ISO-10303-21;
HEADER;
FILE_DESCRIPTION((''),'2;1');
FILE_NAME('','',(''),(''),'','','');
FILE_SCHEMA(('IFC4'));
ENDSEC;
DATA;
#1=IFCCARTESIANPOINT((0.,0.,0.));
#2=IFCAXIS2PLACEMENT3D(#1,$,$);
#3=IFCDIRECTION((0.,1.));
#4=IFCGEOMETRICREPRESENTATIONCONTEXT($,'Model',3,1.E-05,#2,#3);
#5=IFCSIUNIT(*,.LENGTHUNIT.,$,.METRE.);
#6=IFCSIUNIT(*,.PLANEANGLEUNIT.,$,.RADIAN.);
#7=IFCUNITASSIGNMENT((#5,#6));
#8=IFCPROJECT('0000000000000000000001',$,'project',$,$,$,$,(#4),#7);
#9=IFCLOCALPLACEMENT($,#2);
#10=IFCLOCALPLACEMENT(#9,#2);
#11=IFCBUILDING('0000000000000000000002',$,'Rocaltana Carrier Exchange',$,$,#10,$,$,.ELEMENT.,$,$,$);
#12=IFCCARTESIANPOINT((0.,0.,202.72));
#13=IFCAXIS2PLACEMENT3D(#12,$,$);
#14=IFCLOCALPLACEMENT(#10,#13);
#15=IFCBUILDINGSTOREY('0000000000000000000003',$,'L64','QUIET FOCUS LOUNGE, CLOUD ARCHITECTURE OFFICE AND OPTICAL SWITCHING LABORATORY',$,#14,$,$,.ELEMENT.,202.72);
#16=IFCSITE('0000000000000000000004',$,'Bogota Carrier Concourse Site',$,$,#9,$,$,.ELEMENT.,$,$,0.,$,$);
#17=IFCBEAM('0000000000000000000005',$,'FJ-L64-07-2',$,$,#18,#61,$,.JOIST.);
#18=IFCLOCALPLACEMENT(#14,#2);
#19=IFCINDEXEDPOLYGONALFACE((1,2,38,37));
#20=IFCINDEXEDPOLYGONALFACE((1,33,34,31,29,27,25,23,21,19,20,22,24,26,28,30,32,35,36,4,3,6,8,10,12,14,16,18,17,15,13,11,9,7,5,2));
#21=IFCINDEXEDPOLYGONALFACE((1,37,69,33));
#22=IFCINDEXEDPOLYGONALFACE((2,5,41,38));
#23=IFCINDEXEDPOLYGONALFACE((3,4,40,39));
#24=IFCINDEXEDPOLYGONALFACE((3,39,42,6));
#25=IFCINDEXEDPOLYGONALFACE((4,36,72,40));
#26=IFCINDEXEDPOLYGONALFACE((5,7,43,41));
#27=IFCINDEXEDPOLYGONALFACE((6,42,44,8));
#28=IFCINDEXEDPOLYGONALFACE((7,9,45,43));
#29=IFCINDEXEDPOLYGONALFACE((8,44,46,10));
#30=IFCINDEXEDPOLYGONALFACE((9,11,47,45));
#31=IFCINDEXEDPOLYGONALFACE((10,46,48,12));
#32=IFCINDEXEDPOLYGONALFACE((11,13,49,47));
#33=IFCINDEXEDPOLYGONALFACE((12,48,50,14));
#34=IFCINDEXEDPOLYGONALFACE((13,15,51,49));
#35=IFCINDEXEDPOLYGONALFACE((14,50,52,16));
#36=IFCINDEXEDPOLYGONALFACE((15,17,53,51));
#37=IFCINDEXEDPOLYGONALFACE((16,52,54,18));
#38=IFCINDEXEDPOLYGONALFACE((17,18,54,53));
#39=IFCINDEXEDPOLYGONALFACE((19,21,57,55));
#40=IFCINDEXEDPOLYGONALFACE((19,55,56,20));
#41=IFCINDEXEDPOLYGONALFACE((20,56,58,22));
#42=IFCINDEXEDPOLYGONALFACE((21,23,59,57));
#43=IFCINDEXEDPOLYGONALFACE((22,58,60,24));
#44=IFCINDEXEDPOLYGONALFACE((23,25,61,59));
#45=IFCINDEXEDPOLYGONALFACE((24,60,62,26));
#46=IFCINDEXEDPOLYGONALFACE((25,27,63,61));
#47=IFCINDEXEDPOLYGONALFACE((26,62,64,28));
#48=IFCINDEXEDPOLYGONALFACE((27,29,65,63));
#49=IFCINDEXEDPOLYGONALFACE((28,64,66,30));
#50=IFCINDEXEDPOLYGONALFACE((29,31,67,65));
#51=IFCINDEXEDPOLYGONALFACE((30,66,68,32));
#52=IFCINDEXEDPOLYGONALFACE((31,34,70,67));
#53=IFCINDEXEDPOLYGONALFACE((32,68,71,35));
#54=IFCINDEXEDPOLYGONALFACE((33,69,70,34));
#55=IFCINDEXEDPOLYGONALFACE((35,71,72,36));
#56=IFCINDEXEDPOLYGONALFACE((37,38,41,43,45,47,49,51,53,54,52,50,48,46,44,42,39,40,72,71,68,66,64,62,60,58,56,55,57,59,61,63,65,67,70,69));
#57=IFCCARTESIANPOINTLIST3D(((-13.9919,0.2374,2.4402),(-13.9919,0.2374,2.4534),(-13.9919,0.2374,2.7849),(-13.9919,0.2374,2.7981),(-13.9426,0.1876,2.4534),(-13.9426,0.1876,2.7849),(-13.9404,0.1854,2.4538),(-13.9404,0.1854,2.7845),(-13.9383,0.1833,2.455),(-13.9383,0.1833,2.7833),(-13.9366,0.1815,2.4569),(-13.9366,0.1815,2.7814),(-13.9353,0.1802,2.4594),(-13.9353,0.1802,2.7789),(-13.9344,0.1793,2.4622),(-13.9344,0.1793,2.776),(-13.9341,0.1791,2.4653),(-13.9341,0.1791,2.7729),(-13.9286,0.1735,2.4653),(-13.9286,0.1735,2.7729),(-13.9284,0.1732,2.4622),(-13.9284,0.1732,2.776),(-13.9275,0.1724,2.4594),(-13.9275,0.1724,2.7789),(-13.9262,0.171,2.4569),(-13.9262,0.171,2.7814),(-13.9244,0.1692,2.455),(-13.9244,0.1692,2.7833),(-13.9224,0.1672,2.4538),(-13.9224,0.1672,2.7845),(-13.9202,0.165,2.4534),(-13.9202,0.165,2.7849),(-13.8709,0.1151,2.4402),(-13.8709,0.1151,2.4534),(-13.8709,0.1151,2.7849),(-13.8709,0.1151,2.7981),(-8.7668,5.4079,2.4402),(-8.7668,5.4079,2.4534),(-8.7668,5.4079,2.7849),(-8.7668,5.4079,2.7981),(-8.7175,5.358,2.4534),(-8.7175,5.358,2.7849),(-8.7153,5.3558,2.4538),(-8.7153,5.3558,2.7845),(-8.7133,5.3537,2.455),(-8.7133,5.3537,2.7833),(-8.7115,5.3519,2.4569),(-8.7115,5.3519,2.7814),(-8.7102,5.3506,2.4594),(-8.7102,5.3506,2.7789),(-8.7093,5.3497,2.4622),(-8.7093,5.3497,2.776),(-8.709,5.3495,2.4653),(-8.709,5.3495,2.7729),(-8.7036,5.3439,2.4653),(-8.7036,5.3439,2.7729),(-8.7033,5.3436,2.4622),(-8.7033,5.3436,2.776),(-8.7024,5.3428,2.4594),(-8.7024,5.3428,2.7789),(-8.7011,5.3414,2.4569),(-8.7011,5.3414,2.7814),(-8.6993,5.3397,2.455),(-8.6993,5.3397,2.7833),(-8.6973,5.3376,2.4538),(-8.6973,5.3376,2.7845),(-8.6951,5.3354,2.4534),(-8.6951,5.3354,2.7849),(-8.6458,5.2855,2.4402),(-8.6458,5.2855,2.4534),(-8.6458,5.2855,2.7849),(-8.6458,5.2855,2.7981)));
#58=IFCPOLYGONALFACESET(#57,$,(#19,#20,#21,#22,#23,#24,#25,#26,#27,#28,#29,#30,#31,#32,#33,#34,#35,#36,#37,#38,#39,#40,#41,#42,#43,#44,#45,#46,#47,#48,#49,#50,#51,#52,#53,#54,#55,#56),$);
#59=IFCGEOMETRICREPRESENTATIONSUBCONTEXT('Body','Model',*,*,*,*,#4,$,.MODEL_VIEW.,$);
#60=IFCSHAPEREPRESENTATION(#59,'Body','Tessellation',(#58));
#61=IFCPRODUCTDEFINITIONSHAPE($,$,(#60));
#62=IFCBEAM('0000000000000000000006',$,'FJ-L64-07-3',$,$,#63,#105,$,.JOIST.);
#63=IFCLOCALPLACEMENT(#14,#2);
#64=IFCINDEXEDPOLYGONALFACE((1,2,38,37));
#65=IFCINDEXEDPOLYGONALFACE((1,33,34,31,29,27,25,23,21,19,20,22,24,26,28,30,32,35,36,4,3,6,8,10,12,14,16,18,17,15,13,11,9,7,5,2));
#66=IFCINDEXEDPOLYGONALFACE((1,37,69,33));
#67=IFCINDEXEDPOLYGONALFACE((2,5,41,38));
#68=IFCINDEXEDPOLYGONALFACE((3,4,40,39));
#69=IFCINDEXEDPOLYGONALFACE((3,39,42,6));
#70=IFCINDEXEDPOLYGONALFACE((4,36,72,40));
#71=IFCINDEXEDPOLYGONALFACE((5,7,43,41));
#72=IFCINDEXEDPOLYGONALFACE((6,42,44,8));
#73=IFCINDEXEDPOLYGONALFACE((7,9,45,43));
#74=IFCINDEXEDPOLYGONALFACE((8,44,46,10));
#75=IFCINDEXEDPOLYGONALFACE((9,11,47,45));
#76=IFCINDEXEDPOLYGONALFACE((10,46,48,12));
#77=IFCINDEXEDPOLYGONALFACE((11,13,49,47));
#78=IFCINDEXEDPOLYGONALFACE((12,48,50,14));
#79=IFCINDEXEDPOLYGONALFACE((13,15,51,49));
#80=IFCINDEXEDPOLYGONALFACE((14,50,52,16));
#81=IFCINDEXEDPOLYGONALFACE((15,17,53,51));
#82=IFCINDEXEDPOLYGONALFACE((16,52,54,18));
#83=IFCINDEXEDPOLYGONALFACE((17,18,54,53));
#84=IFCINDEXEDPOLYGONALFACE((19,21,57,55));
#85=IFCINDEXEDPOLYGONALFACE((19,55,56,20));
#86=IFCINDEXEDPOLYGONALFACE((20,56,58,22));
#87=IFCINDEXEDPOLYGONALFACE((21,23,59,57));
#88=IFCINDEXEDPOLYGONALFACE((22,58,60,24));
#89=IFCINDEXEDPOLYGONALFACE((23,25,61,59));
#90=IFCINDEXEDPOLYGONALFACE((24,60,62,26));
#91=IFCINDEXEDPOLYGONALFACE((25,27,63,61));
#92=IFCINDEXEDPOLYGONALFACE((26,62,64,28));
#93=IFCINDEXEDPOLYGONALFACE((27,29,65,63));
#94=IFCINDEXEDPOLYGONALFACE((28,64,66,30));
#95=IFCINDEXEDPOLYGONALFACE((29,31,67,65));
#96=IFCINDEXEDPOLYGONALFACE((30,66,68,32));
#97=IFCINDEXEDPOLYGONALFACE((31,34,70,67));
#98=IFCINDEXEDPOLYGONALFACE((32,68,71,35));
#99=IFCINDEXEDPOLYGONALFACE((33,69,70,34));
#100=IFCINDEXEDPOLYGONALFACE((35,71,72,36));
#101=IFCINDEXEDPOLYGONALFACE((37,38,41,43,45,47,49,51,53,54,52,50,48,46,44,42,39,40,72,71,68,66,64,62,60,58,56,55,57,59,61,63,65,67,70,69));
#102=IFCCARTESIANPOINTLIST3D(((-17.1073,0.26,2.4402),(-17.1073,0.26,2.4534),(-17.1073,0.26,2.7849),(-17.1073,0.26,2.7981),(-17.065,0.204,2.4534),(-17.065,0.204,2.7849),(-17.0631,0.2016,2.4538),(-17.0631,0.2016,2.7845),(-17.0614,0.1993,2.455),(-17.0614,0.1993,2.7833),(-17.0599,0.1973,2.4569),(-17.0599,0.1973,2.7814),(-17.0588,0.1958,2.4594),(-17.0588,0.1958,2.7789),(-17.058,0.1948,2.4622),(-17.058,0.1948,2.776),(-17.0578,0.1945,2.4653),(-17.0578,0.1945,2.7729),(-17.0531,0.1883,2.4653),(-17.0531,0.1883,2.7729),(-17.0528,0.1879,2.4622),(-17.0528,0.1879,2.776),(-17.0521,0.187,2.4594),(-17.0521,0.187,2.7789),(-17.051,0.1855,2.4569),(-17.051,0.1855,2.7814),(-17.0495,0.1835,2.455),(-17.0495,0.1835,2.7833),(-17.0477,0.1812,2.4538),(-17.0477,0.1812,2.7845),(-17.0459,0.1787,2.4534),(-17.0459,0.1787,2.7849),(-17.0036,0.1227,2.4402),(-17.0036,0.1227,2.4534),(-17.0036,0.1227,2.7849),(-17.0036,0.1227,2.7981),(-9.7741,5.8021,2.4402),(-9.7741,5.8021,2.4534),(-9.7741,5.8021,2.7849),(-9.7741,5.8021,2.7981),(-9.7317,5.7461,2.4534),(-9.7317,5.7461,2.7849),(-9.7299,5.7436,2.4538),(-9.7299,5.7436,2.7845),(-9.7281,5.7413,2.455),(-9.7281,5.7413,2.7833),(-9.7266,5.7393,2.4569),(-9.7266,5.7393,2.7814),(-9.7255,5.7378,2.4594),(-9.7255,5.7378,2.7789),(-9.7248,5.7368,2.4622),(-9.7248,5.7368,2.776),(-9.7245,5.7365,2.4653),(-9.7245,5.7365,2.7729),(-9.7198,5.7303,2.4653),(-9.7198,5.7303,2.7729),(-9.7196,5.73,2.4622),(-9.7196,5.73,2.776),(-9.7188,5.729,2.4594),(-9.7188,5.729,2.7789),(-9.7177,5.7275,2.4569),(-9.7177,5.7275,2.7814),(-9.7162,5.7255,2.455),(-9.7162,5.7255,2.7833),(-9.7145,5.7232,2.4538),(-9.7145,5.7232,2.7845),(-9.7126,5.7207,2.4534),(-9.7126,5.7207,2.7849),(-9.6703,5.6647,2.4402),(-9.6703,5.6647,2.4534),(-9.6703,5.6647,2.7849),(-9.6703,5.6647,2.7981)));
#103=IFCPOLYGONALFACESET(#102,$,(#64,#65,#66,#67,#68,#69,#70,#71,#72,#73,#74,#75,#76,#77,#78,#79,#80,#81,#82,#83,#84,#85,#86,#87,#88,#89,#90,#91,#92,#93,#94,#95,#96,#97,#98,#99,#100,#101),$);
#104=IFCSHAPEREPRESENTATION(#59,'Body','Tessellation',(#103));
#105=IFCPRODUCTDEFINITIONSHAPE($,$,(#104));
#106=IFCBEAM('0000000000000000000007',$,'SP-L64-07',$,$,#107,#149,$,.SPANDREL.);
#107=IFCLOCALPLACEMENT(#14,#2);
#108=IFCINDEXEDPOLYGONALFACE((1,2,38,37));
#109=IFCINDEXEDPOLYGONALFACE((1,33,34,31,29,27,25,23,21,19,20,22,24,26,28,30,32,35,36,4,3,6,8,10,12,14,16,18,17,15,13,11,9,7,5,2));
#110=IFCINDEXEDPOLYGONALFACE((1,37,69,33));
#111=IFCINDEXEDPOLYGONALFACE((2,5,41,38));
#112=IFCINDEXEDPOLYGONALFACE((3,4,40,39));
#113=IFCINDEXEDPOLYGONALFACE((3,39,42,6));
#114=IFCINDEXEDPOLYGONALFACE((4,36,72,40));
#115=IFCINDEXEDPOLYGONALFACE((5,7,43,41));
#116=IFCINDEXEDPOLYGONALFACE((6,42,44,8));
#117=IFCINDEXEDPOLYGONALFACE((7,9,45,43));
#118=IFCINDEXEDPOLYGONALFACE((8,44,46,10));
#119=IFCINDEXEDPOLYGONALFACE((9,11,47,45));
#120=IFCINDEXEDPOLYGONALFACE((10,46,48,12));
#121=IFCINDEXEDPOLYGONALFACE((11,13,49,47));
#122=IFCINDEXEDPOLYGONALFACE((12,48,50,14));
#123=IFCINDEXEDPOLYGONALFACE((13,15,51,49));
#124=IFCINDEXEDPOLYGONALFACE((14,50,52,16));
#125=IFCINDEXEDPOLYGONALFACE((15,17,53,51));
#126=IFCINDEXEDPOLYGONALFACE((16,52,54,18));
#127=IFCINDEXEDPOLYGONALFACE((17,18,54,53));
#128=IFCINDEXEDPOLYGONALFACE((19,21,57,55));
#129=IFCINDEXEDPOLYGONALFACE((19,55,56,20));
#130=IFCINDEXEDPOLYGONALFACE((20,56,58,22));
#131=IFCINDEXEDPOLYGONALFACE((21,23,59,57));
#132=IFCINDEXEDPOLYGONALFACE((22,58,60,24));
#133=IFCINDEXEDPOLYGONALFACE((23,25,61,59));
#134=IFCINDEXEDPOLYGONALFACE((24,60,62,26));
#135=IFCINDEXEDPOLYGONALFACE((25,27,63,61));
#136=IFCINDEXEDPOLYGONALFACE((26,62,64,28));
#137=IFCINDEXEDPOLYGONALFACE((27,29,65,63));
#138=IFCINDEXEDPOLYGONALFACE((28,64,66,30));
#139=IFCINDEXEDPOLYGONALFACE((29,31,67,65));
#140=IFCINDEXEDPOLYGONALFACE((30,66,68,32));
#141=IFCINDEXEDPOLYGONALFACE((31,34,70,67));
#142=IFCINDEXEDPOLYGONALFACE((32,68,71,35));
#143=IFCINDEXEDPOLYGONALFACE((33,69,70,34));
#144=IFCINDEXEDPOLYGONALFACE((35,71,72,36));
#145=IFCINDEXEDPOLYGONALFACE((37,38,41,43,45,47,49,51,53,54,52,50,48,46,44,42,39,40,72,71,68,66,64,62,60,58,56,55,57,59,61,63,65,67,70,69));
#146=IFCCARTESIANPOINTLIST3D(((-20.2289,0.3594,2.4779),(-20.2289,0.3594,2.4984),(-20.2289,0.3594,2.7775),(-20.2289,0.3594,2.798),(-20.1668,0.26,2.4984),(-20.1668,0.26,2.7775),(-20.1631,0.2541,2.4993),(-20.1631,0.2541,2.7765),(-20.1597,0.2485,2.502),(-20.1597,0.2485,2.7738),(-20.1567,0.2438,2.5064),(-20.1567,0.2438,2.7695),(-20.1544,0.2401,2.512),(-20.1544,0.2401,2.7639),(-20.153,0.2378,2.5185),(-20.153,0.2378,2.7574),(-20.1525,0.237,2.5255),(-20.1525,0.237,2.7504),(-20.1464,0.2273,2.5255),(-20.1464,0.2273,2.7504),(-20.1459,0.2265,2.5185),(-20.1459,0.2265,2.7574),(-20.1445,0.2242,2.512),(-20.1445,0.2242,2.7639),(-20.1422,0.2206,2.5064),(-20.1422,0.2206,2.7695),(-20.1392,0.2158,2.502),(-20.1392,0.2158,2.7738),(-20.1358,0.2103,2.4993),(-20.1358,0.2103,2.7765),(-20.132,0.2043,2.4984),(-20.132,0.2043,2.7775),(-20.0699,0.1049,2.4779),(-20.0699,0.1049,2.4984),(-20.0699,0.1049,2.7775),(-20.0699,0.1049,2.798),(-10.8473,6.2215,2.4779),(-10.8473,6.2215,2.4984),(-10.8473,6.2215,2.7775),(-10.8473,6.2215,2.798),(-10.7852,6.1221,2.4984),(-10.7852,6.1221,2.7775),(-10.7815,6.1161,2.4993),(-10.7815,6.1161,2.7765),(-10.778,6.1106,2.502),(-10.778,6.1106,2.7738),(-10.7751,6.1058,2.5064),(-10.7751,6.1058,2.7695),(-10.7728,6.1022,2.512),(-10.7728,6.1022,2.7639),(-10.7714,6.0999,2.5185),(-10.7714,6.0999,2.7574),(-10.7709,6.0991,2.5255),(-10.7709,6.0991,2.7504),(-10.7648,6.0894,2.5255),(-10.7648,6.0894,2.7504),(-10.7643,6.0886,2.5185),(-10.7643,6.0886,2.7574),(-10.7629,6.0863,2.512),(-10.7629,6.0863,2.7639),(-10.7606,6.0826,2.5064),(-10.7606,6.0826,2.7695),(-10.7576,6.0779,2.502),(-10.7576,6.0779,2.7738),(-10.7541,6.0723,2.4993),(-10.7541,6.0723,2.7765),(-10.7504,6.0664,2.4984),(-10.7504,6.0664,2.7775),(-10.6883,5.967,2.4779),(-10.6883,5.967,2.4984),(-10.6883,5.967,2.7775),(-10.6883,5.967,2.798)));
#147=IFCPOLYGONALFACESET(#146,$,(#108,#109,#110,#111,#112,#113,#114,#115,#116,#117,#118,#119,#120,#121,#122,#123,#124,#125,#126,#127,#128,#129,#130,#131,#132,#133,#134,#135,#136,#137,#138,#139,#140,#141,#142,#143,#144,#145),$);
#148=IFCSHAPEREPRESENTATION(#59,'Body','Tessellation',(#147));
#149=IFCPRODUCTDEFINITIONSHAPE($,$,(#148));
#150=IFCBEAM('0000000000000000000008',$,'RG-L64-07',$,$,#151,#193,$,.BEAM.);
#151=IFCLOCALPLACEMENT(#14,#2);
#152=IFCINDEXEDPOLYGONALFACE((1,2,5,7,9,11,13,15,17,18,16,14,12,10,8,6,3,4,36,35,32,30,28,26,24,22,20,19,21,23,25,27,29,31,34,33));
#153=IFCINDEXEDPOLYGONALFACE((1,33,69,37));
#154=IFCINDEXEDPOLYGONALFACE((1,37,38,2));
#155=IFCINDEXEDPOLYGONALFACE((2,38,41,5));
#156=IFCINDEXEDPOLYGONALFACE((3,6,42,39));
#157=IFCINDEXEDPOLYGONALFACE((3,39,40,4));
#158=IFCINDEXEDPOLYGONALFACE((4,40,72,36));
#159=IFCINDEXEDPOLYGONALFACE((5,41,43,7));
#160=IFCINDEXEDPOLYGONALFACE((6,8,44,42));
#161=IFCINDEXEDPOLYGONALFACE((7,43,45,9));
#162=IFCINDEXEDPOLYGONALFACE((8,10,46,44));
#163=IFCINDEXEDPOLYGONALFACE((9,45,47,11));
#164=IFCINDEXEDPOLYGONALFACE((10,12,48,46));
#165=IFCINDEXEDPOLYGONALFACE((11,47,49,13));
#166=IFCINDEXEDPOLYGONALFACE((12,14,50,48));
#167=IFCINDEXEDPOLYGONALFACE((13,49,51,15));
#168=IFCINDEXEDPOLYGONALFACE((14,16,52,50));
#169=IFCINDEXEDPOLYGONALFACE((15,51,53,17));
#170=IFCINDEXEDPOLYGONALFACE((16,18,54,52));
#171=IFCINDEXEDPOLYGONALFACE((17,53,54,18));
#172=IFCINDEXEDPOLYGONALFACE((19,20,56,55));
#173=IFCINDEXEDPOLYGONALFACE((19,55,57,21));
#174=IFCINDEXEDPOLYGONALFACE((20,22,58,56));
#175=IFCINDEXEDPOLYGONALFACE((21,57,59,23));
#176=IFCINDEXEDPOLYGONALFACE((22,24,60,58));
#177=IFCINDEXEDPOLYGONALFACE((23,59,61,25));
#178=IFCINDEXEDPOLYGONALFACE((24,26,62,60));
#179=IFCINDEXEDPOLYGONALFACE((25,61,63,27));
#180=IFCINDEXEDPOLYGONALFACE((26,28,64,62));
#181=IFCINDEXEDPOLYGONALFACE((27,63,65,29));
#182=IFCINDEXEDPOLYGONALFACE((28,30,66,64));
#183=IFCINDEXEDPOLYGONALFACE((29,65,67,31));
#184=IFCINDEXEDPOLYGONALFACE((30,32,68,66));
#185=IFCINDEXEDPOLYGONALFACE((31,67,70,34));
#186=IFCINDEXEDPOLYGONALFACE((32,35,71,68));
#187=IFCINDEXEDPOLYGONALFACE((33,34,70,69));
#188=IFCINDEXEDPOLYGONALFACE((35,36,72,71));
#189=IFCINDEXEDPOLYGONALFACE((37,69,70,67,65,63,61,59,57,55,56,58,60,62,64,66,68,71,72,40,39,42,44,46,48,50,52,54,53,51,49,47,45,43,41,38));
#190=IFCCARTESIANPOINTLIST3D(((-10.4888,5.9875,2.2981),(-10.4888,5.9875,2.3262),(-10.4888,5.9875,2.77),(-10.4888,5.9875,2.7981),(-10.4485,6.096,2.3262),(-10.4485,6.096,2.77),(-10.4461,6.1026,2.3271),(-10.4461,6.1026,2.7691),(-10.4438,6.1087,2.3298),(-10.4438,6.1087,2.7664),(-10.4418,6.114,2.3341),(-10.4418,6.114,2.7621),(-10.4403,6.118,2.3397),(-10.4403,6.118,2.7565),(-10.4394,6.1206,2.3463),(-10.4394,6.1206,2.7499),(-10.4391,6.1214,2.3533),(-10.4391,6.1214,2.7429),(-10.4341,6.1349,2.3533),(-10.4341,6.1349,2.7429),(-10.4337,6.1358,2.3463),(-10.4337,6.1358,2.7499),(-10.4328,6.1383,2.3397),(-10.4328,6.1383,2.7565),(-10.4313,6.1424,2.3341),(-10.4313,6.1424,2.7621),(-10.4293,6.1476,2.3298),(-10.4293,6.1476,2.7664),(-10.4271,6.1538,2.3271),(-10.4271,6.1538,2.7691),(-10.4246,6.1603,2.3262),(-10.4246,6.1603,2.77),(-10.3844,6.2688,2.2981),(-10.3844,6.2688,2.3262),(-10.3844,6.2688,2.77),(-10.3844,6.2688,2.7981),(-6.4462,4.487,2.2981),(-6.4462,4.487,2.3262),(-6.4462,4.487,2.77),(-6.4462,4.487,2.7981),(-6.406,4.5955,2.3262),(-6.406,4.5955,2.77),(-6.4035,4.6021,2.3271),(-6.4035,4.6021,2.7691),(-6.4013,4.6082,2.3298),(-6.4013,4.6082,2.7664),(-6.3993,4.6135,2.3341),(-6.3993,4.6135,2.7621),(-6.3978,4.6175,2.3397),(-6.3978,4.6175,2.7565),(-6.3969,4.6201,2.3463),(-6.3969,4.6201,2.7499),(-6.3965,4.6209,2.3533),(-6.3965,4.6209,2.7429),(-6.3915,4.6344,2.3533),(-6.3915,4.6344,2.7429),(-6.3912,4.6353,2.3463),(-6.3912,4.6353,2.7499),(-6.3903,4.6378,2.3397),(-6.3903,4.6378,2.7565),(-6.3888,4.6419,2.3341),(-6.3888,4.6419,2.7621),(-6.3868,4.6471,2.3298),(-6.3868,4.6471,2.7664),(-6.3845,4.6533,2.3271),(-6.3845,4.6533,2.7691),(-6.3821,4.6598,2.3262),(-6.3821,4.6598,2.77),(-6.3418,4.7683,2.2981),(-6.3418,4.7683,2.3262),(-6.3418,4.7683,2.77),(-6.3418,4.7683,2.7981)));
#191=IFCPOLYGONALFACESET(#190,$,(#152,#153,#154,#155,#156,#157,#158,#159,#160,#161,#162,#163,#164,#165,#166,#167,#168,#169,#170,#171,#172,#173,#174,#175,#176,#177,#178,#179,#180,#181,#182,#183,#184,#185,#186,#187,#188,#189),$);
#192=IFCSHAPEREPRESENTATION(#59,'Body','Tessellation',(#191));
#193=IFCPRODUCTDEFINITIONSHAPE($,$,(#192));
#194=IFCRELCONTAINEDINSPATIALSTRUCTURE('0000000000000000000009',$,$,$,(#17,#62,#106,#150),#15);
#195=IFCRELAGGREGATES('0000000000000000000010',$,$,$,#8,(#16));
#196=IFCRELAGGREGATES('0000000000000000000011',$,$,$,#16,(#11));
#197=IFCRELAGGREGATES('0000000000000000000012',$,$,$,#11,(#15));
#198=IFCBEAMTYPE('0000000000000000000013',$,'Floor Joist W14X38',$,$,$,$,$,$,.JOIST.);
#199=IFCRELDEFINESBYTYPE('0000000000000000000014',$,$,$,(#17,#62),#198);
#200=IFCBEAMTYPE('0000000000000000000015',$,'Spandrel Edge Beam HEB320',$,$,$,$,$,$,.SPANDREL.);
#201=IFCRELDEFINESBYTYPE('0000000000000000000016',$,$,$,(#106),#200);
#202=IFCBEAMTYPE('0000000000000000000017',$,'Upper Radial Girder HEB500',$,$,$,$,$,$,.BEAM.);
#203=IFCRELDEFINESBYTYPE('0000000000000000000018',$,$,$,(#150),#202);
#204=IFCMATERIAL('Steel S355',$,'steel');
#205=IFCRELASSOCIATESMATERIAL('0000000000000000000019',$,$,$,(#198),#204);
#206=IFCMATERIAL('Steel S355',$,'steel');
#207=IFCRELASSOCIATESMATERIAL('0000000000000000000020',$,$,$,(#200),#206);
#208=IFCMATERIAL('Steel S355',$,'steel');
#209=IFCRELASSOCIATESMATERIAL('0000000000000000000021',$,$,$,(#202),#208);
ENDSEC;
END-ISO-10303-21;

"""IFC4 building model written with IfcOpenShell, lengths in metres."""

from ifc_helpers import new_model, si_unit, direction, frame, origin, origin_2d, place, context, subcontext, project, spatial, i_section, extrude, material, material_profile, profile_set, type_object, element, save


model = new_model("IFC4")

# Units and contexts
model_context = context("Model", 3, precision=1e-05, world=origin(), true_north=direction((0.0, 1.0)))
body_context = subcontext(model_context, "Body", "Model", "MODEL_VIEW")
ifc_project = project(units=[si_unit("LENGTHUNIT", "METRE"), si_unit("PLANEANGLEUNIT", "RADIAN")], contexts=[model_context])

# Site, building, storey
site_placement = place(None, origin())
site = spatial("IfcSite", under=ifc_project, at=site_placement, Name="Bogota Carrier Concourse Site", CompositionType="ELEMENT", RefElevation=0.0)
building_placement = place(site_placement, origin())
building = spatial("IfcBuilding", under=site, at=building_placement, Name="Rocaltana Carrier Exchange", CompositionType="ELEMENT")
storey_placement = place(building_placement, frame((0.0, 0.0, 202.72)))
storey = spatial("IfcBuildingStorey", under=building, at=storey_placement, Name="L64", Description="QUIET FOCUS LOUNGE, CLOUD ARCHITECTURE OFFICE AND OPTICAL SWITCHING LABORATORY", CompositionType="ELEMENT", Elevation=202.72)

# Beams
ifc_material_1 = material(Name="Steel S355", Category="steel")
ifc_material_profile_1 = material_profile(ifc_material_1, i_section(OverallWidth=0.1721, OverallDepth=0.3579, WebThickness=0.0078, FlangeThickness=0.0132, FilletRadius=0.012, at=origin_2d()), Name="W14X38")
ifc_profile_set_1 = profile_set([ifc_material_profile_1], Name="Steel S355")
beam_type_1 = type_object("IfcBeamType", Name="Floor Joist W14X38", PredefinedType="JOIST", material=ifc_profile_set_1)
beam_1_placement = place(storey_placement, frame((-8.7063, 5.3467, 2.6191), z_axis=(-0.710817, -0.703377, 0.0), x_axis=(0.703377, -0.710817, 0.0)))
element("IfcBeam", 1, at=beam_1_placement, inside=storey, type_object=beam_type_1, Name="FJ-L64-07-2", PredefinedType="JOIST", context=body_context, shape_type="SweptSolid", body=[
    extrude(i_section(OverallWidth=0.1721, OverallDepth=0.3579, WebThickness=0.0078, FlangeThickness=0.0132, FilletRadius=0.012, at=origin_2d()), origin(), (0.0, 0.0, 1.0), 7.3508),
])
beam_2_placement = place(storey_placement, frame((-9.7222, 5.7334, 2.6191), z_axis=(-0.797799, -0.602924, 0.0), x_axis=(0.602924, -0.797799, 0.0)))
element("IfcBeam", 2, at=beam_2_placement, inside=storey, type_object=beam_type_1, Name="FJ-L64-07-3", PredefinedType="JOIST", context=body_context, shape_type="SweptSolid", body=[
    extrude(i_section(OverallWidth=0.1721, OverallDepth=0.3579, WebThickness=0.0078, FlangeThickness=0.0132, FilletRadius=0.012, at=origin_2d()), origin(), (0.0, 0.0, 1.0), 9.1919),
])
ifc_material_2 = material(Name="Steel S355", Category="steel")
ifc_material_profile_2 = material_profile(ifc_material_2, i_section(OverallWidth=0.3, OverallDepth=0.3201, WebThickness=0.0115, FlangeThickness=0.0205, FilletRadius=0.0271, at=origin_2d()), Name="HEB320")
ifc_profile_set_2 = profile_set([ifc_material_profile_2], Name="Steel S355")
beam_type_2 = type_object("IfcBeamType", Name="Spandrel Edge Beam HEB320", PredefinedType="SPANDREL", material=ifc_profile_set_2)
beam_3_placement = place(storey_placement, frame((-10.7678, 6.0942, 2.6379), z_axis=(-0.848057, -0.529906, 0.0), x_axis=(0.529906, -0.848057, 0.0)))
element("IfcBeam", 3, at=beam_3_placement, inside=storey, type_object=beam_type_2, Name="SP-L64-07", PredefinedType="SPANDREL", context=body_context, shape_type="SweptSolid", body=[
    extrude(i_section(OverallWidth=0.3, OverallDepth=0.3201, WebThickness=0.0115, FlangeThickness=0.0205, FilletRadius=0.0271, at=origin_2d()), origin(), (0.0, 0.0, 1.0), 11.0625),
])
ifc_material_3 = material(Name="Steel S355", Category="steel")
ifc_material_profile_3 = material_profile(ifc_material_3, i_section(OverallWidth=0.3, OverallDepth=0.5, WebThickness=0.0144, FlangeThickness=0.0281, FilletRadius=0.0271, at=origin_2d()), Name="HEB500")
ifc_profile_set_3 = profile_set([ifc_material_profile_3], Name="Steel S355")
beam_type_3 = type_object("IfcBeamType", Name="Upper Radial Girder HEB500", PredefinedType="BEAM", material=ifc_profile_set_3)
beam_4_placement = place(storey_placement, frame((-6.394, 4.6277, 2.5481), z_axis=(-0.937501, 0.347982, 0.0), x_axis=(-0.347982, -0.937501, 0.0)))
element("IfcBeam", 4, at=beam_4_placement, inside=storey, type_object=beam_type_3, Name="RG-L64-07", PredefinedType="BEAM", context=body_context, shape_type="SweptSolid", body=[
    extrude(i_section(OverallWidth=0.3, OverallDepth=0.5, WebThickness=0.0144, FlangeThickness=0.0281, FilletRadius=0.0271, at=origin_2d()), origin(), (0.0, 0.0, 1.0), 4.312),
])

save(model, "model.ifc")
